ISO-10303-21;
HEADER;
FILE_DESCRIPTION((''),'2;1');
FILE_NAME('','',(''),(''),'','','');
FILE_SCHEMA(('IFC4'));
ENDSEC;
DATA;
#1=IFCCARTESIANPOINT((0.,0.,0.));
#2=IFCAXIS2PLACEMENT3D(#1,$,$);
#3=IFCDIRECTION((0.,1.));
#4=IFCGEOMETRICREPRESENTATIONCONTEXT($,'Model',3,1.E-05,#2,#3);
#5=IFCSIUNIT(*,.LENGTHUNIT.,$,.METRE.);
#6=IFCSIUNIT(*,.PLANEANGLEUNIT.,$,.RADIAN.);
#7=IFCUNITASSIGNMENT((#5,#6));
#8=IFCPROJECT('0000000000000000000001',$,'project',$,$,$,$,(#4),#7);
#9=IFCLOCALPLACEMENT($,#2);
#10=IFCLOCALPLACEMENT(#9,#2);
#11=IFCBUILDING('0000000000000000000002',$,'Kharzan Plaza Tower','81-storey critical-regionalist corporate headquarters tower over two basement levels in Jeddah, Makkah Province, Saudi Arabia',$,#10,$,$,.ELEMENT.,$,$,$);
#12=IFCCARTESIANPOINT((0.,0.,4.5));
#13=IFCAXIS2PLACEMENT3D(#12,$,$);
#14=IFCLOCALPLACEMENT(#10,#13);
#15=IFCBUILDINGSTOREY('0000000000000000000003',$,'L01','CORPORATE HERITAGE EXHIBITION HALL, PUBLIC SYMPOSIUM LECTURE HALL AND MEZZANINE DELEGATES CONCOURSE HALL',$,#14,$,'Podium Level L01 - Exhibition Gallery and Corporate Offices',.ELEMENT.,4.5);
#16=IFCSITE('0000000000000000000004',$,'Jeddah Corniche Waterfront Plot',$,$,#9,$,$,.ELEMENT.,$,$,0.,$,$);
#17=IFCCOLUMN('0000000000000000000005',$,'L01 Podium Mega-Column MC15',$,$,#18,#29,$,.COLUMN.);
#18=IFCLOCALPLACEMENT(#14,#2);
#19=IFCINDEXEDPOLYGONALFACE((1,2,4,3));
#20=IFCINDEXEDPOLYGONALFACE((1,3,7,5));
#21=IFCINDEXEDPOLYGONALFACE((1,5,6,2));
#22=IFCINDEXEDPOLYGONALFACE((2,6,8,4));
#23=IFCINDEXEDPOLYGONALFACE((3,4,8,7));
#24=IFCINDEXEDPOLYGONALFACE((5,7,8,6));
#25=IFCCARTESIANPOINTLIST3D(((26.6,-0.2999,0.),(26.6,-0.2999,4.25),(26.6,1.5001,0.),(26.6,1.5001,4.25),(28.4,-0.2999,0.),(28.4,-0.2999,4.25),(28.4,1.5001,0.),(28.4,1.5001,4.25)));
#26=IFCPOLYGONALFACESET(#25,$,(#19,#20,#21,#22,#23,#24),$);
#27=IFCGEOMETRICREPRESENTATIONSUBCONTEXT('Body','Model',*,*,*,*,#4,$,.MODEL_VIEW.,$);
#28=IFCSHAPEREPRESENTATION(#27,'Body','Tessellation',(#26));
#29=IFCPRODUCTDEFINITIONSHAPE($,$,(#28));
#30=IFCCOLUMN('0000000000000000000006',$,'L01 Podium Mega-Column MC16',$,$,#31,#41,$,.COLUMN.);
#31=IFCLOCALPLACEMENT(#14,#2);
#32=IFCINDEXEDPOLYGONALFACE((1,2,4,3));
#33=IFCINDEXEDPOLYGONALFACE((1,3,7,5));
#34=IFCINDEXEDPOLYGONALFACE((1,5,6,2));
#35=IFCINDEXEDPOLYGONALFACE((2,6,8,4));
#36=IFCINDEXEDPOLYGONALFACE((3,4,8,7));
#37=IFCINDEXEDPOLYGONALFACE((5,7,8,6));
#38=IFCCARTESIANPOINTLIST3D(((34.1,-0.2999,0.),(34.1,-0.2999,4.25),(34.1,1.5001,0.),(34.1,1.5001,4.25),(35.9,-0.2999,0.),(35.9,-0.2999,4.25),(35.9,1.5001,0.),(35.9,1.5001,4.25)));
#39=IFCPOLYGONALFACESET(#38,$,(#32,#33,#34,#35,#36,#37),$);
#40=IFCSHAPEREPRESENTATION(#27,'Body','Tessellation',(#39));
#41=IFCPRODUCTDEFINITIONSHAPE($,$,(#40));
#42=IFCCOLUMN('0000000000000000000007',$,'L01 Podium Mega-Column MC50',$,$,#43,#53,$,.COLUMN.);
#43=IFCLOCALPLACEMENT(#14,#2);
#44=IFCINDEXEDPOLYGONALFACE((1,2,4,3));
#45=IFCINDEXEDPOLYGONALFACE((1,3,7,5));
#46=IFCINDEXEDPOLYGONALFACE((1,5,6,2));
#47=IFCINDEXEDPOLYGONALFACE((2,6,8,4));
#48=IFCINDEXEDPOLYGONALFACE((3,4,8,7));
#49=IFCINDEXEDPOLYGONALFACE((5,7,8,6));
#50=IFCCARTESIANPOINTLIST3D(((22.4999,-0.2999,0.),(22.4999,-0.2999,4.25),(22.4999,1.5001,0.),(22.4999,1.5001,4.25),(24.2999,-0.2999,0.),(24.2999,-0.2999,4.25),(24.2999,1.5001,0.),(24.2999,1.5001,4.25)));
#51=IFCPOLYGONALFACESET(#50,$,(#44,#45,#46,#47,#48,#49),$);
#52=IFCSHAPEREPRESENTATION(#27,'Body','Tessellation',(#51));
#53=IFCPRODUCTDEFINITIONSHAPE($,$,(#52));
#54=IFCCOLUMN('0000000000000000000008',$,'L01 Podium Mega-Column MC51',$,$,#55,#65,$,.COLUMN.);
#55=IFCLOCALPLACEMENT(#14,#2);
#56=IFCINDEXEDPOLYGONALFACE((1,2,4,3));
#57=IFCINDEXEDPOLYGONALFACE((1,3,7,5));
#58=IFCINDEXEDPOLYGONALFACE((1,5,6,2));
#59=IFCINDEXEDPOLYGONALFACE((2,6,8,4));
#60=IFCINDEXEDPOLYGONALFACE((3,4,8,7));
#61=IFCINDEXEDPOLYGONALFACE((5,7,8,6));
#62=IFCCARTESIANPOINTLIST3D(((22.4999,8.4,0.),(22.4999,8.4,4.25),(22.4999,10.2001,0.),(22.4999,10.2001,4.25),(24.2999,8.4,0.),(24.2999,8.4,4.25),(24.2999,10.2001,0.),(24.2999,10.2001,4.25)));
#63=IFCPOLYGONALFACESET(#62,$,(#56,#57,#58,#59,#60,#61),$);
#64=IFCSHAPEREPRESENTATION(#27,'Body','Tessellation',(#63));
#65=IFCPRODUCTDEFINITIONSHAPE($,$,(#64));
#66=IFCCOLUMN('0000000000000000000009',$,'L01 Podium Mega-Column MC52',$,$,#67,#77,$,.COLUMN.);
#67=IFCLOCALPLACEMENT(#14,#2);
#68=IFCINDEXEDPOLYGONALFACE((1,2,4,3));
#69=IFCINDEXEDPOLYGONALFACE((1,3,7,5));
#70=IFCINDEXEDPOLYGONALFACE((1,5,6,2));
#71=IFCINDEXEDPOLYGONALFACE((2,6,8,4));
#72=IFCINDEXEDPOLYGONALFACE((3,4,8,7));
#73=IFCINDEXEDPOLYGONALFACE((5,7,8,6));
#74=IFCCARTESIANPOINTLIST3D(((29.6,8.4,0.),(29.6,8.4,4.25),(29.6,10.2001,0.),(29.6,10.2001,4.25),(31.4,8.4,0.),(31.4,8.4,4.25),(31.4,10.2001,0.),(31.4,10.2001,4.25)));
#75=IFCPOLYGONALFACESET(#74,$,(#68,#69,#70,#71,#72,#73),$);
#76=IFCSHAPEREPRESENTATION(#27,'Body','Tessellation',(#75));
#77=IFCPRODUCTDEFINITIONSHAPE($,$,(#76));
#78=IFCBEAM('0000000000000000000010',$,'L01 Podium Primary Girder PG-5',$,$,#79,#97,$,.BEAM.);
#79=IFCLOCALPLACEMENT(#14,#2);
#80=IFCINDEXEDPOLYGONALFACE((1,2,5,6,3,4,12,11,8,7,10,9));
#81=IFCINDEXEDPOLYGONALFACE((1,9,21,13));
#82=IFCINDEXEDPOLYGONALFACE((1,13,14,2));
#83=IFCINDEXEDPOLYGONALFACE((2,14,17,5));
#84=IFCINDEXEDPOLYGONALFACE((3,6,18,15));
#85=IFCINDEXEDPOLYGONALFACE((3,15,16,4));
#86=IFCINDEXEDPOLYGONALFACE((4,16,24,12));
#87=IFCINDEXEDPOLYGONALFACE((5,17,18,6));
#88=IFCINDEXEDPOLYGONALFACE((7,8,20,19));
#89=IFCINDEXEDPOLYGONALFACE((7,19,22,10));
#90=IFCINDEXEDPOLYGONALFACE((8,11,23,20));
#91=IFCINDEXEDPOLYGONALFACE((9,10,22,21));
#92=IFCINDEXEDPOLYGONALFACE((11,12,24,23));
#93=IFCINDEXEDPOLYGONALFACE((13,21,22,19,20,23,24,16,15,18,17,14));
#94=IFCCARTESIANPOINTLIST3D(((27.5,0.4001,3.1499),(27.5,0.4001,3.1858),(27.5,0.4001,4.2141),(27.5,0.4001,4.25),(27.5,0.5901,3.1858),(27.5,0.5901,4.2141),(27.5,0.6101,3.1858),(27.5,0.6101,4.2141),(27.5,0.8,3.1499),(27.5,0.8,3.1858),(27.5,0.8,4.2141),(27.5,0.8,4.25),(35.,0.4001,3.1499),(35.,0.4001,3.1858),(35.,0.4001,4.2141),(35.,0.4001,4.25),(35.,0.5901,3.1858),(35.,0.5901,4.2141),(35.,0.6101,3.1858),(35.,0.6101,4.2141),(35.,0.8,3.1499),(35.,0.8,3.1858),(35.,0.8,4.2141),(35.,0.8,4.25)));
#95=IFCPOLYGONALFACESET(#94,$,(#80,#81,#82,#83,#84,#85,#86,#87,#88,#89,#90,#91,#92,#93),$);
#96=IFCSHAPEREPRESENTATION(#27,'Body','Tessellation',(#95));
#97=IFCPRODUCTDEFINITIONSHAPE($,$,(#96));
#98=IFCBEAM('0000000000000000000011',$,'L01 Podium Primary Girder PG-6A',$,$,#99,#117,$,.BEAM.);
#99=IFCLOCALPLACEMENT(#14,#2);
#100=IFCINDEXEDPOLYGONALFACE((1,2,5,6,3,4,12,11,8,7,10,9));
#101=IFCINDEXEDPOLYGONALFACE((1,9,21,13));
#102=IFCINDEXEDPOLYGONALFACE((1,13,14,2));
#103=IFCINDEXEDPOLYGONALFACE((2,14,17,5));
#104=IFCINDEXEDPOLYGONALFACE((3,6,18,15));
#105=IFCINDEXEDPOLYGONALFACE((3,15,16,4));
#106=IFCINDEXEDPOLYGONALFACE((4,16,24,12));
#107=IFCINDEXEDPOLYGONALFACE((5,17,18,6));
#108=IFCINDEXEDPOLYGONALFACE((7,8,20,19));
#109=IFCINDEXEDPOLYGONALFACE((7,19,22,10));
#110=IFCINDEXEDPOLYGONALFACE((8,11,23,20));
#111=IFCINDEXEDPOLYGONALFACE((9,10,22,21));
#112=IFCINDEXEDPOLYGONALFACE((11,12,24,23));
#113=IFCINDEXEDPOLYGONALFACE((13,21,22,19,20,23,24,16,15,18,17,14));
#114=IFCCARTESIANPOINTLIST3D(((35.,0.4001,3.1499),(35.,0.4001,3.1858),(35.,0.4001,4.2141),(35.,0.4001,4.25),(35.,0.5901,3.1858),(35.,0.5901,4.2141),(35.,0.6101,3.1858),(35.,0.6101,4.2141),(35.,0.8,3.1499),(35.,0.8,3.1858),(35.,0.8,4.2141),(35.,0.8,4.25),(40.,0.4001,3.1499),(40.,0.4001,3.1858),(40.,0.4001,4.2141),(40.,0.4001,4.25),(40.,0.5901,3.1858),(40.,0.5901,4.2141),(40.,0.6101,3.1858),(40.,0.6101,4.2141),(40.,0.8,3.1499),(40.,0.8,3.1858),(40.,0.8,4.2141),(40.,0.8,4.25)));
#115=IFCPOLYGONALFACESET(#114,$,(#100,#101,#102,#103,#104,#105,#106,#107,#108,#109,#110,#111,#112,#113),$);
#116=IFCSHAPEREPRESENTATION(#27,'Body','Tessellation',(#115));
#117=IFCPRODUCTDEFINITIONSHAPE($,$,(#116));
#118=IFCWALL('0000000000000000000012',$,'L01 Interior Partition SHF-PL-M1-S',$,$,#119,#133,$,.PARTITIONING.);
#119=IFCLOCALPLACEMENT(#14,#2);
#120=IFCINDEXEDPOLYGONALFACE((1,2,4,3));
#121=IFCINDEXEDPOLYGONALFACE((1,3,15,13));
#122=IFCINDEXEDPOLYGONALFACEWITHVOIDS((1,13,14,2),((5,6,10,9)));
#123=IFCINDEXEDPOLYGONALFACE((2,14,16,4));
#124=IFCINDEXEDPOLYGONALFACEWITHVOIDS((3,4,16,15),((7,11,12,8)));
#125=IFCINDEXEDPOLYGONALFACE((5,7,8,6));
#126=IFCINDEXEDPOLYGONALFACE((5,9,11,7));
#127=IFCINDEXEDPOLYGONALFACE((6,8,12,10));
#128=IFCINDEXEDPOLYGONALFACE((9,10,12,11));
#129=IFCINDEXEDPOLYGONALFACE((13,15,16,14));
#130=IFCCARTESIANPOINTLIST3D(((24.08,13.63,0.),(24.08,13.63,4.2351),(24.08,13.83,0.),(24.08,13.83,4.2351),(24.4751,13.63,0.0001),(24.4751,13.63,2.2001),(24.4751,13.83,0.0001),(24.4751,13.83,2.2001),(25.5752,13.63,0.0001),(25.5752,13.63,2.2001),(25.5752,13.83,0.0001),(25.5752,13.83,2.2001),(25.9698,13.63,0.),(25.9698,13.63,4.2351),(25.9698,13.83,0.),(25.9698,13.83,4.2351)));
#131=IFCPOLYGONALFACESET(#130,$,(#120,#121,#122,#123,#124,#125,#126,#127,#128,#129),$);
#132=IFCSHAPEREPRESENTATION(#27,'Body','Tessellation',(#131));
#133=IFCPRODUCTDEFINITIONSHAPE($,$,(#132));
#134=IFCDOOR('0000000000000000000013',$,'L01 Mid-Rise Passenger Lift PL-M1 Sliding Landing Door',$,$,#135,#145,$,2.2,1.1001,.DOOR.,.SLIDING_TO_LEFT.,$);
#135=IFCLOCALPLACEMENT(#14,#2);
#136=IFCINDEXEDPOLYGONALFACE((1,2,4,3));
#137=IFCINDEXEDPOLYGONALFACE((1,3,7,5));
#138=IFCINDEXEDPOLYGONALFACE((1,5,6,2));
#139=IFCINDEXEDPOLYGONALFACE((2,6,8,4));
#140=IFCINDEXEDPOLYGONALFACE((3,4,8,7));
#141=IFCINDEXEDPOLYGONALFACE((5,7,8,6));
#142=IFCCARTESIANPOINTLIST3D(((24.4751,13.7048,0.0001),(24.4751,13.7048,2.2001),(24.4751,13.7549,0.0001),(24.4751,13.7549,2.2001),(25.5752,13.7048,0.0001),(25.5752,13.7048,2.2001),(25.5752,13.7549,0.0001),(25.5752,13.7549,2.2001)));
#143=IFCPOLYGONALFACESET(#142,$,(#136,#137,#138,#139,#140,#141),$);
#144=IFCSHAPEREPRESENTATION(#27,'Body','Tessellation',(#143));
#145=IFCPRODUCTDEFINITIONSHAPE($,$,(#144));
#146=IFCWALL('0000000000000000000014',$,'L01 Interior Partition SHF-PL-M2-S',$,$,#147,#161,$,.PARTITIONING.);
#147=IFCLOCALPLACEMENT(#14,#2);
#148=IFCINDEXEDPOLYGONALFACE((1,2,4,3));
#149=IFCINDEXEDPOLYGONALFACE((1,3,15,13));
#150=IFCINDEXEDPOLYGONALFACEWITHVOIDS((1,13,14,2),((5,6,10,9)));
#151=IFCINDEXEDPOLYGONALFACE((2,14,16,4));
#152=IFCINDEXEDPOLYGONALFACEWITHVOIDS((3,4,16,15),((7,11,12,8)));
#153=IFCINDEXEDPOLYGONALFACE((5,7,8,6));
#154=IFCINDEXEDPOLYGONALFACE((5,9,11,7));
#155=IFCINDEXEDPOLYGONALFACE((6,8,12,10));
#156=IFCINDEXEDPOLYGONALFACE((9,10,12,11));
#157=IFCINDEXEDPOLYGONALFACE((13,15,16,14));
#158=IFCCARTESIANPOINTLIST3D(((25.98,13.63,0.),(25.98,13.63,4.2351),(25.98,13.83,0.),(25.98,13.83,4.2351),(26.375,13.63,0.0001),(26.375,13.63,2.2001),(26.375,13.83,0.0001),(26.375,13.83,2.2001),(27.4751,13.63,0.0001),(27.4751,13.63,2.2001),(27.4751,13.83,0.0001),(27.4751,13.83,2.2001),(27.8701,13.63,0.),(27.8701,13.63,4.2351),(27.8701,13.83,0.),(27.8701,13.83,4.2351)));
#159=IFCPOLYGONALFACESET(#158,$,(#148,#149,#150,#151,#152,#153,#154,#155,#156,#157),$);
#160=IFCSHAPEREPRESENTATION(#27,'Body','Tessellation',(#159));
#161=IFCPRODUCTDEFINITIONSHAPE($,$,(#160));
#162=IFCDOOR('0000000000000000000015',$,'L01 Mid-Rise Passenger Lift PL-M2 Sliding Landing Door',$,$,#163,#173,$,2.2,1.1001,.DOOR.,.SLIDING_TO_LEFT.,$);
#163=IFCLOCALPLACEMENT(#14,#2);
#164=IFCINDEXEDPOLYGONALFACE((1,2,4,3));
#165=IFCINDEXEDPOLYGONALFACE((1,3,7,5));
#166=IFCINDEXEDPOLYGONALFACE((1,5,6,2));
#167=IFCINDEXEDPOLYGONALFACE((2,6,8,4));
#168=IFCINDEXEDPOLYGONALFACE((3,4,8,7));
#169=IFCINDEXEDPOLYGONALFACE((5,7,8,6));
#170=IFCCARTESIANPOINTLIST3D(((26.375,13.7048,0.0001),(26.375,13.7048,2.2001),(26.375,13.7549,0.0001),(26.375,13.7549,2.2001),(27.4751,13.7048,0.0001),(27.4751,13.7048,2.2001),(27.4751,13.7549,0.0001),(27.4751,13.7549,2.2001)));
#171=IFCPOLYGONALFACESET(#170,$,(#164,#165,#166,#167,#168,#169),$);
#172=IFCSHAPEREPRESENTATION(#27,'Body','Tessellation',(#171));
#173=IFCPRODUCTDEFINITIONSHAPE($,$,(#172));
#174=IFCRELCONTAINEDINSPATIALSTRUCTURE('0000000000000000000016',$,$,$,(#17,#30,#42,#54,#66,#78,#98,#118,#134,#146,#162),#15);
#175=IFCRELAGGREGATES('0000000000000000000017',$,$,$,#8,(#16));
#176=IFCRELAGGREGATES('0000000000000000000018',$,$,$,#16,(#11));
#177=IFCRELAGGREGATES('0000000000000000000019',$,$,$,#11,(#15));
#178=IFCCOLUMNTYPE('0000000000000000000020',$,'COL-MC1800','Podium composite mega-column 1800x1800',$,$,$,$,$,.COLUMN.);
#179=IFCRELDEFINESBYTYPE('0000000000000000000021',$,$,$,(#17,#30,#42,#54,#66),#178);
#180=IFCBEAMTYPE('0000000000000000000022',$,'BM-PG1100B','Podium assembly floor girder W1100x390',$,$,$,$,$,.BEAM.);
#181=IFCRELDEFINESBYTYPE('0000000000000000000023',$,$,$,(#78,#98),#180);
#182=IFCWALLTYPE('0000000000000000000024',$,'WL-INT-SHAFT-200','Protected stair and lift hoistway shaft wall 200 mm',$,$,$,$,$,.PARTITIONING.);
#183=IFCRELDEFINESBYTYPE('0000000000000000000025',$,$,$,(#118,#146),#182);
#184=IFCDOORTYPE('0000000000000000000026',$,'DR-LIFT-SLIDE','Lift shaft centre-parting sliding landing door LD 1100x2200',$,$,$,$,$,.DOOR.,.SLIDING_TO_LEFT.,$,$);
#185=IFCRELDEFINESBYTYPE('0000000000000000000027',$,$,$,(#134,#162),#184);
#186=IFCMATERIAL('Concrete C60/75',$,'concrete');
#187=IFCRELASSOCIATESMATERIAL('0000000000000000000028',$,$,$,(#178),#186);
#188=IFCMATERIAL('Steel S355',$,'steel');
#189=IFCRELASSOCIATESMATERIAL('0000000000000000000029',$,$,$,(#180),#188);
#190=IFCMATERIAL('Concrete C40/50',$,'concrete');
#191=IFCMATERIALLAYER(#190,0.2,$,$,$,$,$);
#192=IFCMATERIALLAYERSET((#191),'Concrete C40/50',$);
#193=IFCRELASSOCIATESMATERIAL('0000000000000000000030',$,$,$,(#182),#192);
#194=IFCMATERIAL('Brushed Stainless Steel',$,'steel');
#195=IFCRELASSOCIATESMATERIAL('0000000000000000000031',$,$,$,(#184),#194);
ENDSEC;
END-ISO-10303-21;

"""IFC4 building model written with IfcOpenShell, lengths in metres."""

from ifc_helpers import new_model, si_unit, direction, frame, frame_2d, origin, origin_2d, place, context, subcontext, project, spatial, rectangle, i_section, extrude, source, transform, mapped, material, layer, layer_set, material_profile, profile_set, type_object, element, fill, save


model = new_model("IFC4")

# Units and contexts
model_context = context("Model", 3, precision=1e-05, world=origin(), true_north=direction((0.0, 1.0)))
body_context = subcontext(model_context, "Body", "Model", "MODEL_VIEW")
ifc_project = project(units=[si_unit("LENGTHUNIT", "METRE"), si_unit("PLANEANGLEUNIT", "RADIAN")], contexts=[model_context])

# Site, building, storey
site_placement = place(None, origin())
site = spatial("IfcSite", under=ifc_project, at=site_placement, Name="Jeddah Corniche Waterfront Plot", CompositionType="ELEMENT", RefElevation=0.0)
building_placement = place(site_placement, origin())
building = spatial("IfcBuilding", under=site, at=building_placement, Name="Kharzan Plaza Tower", Description="81-storey critical-regionalist corporate headquarters tower over two basement levels in Jeddah, Makkah Province, Saudi Arabia", CompositionType="ELEMENT")
storey_placement = place(building_placement, frame((0.0, 0.0, 4.5)))
storey = spatial("IfcBuildingStorey", under=building, at=storey_placement, Name="L01", Description="CORPORATE HERITAGE EXHIBITION HALL, PUBLIC SYMPOSIUM LECTURE HALL AND MEZZANINE DELEGATES CONCOURSE HALL", LongName="Podium Level L01 - Exhibition Gallery and Corporate Offices", CompositionType="ELEMENT", Elevation=4.5)

# Columns
ifc_material_1 = material(Name="Concrete C60/75", Category="concrete")
ifc_material_profile_1 = material_profile(ifc_material_1, rectangle(XDim=1.8, YDim=1.8, at=origin_2d()), Name="RC-MC1800x1800")
ifc_profile_set_1 = profile_set([ifc_material_profile_1], Name="Concrete C60/75")
column_type = type_object("IfcColumnType", Name="COL-MC1800", Description="Podium composite mega-column 1800x1800", PredefinedType="COLUMN", material=ifc_profile_set_1)
shared_shape_1 = source(origin(), body_context, "Body", "SweptSolid", [
    extrude(rectangle(XDim=1.8, YDim=1.8, at=origin_2d()), origin(), (0.0, 0.0, 1.0), 4.25),
])
for number, where, z_axis, x_axis, name in (
    (1, (27.5, 0.6001, 0.0), (0.0, 0.0, 1.0), (1.0, 0.0, 0.0), "L01 Podium Mega-Column MC15"),
    (2, (35.0, 0.6001, 0.0), (0.0, 0.0, 1.0), (1.0, 0.0, 0.0), "L01 Podium Mega-Column MC16"),
    (3, (23.3999, 0.6001, 0.0), (0.0, 0.0, 1.0), (1.0, 0.0, 0.0), "L01 Podium Mega-Column MC50"),
    (4, (23.3999, 9.3, 0.0), (0.0, 0.0, 1.0), (1.0, 0.0, 0.0), "L01 Podium Mega-Column MC51"),
    (5, (30.5, 9.3, 0.0), (0.0, 0.0, 1.0), (1.0, 0.0, 0.0), "L01 Podium Mega-Column MC52"),
):
    element("IfcColumn", number, at=place(storey_placement, frame(where, z_axis=z_axis, x_axis=x_axis)), inside=storey, type_object=column_type, Name=name, PredefinedType="COLUMN", context=body_context, shape_type="MappedRepresentation", body=[
        mapped(shared_shape_1, transform((0.0, 0.0, 0.0), x_axis=(1.0, 0.0, 0.0), y_axis=(0.0, 1.0, 0.0), z_axis=(0.0, 0.0, 1.0))),
    ])

# Beams
ifc_material_2 = material(Name="Steel S355", Category="steel")
ifc_material_profile_2 = material_profile(ifc_material_2, i_section(OverallWidth=0.3999, OverallDepth=1.1001, WebThickness=0.02, FlangeThickness=0.0359, at=origin_2d()), Name="W1100x390")
ifc_profile_set_2 = profile_set([ifc_material_profile_2], Name="Steel S355")
beam_type = type_object("IfcBeamType", Name="BM-PG1100B", Description="Podium assembly floor girder W1100x390", PredefinedType="BEAM", material=ifc_profile_set_2)
shared_shape_2 = source(origin(), body_context, "Body", "SweptSolid", [
    extrude(i_section(OverallWidth=0.3999, OverallDepth=1.1001, WebThickness=0.02, FlangeThickness=0.0359, at=origin_2d()), origin(), (0.0, 0.0, 1.0), 7.5),
])
beam_1_placement = place(storey_placement, frame((27.5, 0.6001, 3.7), z_axis=(1.0, 0.0, 0.0), x_axis=(0.0, 1.0, 0.0)))
element("IfcBeam", 6, at=beam_1_placement, inside=storey, type_object=beam_type, Name="L01 Podium Primary Girder PG-5", PredefinedType="BEAM", context=body_context, shape_type="MappedRepresentation", body=[
    mapped(shared_shape_2, transform((0.0, 0.0, 0.0), x_axis=(1.0, 0.0, 0.0), y_axis=(0.0, 1.0, 0.0), z_axis=(0.0, 0.0, 1.0))),
])
shared_shape_3 = source(origin(), body_context, "Body", "SweptSolid", [
    extrude(i_section(OverallWidth=0.3999, OverallDepth=1.1001, WebThickness=0.02, FlangeThickness=0.0359, at=origin_2d()), origin(), (0.0, 0.0, 1.0), 5.0),
])
beam_2_placement = place(storey_placement, frame((35.0, 0.6001, 3.7), z_axis=(1.0, 0.0, 0.0), x_axis=(0.0, 1.0, 0.0)))
element("IfcBeam", 7, at=beam_2_placement, inside=storey, type_object=beam_type, Name="L01 Podium Primary Girder PG-6A", PredefinedType="BEAM", context=body_context, shape_type="MappedRepresentation", body=[
    mapped(shared_shape_3, transform((0.0, 0.0, 0.0), x_axis=(1.0, 0.0, 0.0), y_axis=(0.0, 1.0, 0.0), z_axis=(0.0, 0.0, 1.0))),
])

# Walls, openings, doors
ifc_material_3 = material(Name="Concrete C40/50", Category="concrete")
ifc_layer_1 = layer(ifc_material_3, 0.2)
ifc_layer_set_1 = layer_set([ifc_layer_1], Name="Concrete C40/50")
wall_type_1 = type_object("IfcWallType", Name="WL-INT-SHAFT-200", Description="Protected stair and lift hoistway shaft wall 200 mm", PredefinedType="PARTITIONING", material=ifc_layer_set_1)
wall_1_placement = place(storey_placement, frame((24.0801, 13.73, 0.0), z_axis=(0.0, 0.0, 1.0), x_axis=(1.0, 0.0, 0.0)))
wall_1 = element("IfcWall", 8, at=wall_1_placement, inside=storey, type_object=wall_type_1, Name="L01 Interior Partition SHF-PL-M1-S", PredefinedType="PARTITIONING", context=body_context, shape_type="SweptSolid", body=[
    extrude(rectangle(XDim=1.8899, YDim=0.2, at=frame_2d((0.9448, 0.0))), origin(), (0.0, 0.0, 1.0), 4.2351),
])
opening_1_placement = place(wall_1_placement, frame((0.395, 0.0, 0.0)))
opening_1 = element("IfcOpeningElement", 9, at=opening_1_placement, cuts=wall_1, PredefinedType="OPENING", context=body_context, shape_type="SweptSolid", body=[
    extrude(rectangle(XDim=1.1001, YDim=2.2, at=frame_2d((0.55, 1.1001))), frame((0.0, 0.1099, 0.0), z_axis=(0.0, -1.0, 0.0), x_axis=(1.0, 0.0, 0.0)), (0.0, 0.0, 1.0), 0.22),
])
ifc_material_4 = material(Name="Brushed Stainless Steel", Category="steel")
door_type = type_object("IfcDoorType", Name="DR-LIFT-SLIDE", Description="Lift shaft centre-parting sliding landing door LD 1100x2200", OperationType="SLIDING_TO_LEFT", PredefinedType="DOOR", material=ifc_material_4)
shared_shape_4 = source(origin(), body_context, "Body", "SweptSolid", [
    extrude(rectangle(XDim=1.1001, YDim=2.2, at=frame_2d((0.55, 1.1001))), frame((0.0, 0.0249, 0.0), z_axis=(0.0, -1.0, 0.0), x_axis=(1.0, 0.0, 0.0)), (0.0, 0.0, 1.0), 0.05),
])
door_1_placement = place(opening_1_placement, origin())
door_1 = element("IfcDoor", 10, at=door_1_placement, inside=storey, type_object=door_type, Name="L01 Mid-Rise Passenger Lift PL-M1 Sliding Landing Door", OperationType="SLIDING_TO_LEFT", OverallHeight=2.2, OverallWidth=1.1001, PredefinedType="DOOR", context=body_context, shape_type="MappedRepresentation", body=[
    mapped(shared_shape_4, transform((0.0, 0.0, 0.0), x_axis=(1.0, 0.0, 0.0), y_axis=(0.0, 1.0, 0.0), z_axis=(0.0, 0.0, 1.0))),
])
fill(opening_1, door_1)
wall_2_placement = place(storey_placement, frame((25.98, 13.73, 0.0), z_axis=(0.0, 0.0, 1.0), x_axis=(1.0, 0.0, 0.0)))
wall_2 = element("IfcWall", 11, at=wall_2_placement, inside=storey, type_object=wall_type_1, Name="L01 Interior Partition SHF-PL-M2-S", PredefinedType="PARTITIONING", context=body_context, shape_type="SweptSolid", body=[
    extrude(rectangle(XDim=1.8901, YDim=0.2, at=frame_2d((0.9451, 0.0))), origin(), (0.0, 0.0, 1.0), 4.2351),
])
opening_2_placement = place(wall_2_placement, frame((0.395, 0.0, 0.0)))
opening_2 = element("IfcOpeningElement", 12, at=opening_2_placement, cuts=wall_2, PredefinedType="OPENING", context=body_context, shape_type="SweptSolid", body=[
    extrude(rectangle(XDim=1.1001, YDim=2.2, at=frame_2d((0.55, 1.1001))), frame((0.0, 0.1099, 0.0), z_axis=(0.0, -1.0, 0.0), x_axis=(1.0, 0.0, 0.0)), (0.0, 0.0, 1.0), 0.22),
])
door_2_placement = place(opening_2_placement, origin())
door_2 = element("IfcDoor", 13, at=door_2_placement, inside=storey, type_object=door_type, Name="L01 Mid-Rise Passenger Lift PL-M2 Sliding Landing Door", OperationType="SLIDING_TO_LEFT", OverallHeight=2.2, OverallWidth=1.1001, PredefinedType="DOOR", context=body_context, shape_type="MappedRepresentation", body=[
    mapped(shared_shape_4, transform((0.0, 0.0, 0.0), x_axis=(1.0, 0.0, 0.0), y_axis=(0.0, 1.0, 0.0), z_axis=(0.0, 0.0, 1.0))),
])
fill(opening_2, door_2)

save(model, "model.ifc")
